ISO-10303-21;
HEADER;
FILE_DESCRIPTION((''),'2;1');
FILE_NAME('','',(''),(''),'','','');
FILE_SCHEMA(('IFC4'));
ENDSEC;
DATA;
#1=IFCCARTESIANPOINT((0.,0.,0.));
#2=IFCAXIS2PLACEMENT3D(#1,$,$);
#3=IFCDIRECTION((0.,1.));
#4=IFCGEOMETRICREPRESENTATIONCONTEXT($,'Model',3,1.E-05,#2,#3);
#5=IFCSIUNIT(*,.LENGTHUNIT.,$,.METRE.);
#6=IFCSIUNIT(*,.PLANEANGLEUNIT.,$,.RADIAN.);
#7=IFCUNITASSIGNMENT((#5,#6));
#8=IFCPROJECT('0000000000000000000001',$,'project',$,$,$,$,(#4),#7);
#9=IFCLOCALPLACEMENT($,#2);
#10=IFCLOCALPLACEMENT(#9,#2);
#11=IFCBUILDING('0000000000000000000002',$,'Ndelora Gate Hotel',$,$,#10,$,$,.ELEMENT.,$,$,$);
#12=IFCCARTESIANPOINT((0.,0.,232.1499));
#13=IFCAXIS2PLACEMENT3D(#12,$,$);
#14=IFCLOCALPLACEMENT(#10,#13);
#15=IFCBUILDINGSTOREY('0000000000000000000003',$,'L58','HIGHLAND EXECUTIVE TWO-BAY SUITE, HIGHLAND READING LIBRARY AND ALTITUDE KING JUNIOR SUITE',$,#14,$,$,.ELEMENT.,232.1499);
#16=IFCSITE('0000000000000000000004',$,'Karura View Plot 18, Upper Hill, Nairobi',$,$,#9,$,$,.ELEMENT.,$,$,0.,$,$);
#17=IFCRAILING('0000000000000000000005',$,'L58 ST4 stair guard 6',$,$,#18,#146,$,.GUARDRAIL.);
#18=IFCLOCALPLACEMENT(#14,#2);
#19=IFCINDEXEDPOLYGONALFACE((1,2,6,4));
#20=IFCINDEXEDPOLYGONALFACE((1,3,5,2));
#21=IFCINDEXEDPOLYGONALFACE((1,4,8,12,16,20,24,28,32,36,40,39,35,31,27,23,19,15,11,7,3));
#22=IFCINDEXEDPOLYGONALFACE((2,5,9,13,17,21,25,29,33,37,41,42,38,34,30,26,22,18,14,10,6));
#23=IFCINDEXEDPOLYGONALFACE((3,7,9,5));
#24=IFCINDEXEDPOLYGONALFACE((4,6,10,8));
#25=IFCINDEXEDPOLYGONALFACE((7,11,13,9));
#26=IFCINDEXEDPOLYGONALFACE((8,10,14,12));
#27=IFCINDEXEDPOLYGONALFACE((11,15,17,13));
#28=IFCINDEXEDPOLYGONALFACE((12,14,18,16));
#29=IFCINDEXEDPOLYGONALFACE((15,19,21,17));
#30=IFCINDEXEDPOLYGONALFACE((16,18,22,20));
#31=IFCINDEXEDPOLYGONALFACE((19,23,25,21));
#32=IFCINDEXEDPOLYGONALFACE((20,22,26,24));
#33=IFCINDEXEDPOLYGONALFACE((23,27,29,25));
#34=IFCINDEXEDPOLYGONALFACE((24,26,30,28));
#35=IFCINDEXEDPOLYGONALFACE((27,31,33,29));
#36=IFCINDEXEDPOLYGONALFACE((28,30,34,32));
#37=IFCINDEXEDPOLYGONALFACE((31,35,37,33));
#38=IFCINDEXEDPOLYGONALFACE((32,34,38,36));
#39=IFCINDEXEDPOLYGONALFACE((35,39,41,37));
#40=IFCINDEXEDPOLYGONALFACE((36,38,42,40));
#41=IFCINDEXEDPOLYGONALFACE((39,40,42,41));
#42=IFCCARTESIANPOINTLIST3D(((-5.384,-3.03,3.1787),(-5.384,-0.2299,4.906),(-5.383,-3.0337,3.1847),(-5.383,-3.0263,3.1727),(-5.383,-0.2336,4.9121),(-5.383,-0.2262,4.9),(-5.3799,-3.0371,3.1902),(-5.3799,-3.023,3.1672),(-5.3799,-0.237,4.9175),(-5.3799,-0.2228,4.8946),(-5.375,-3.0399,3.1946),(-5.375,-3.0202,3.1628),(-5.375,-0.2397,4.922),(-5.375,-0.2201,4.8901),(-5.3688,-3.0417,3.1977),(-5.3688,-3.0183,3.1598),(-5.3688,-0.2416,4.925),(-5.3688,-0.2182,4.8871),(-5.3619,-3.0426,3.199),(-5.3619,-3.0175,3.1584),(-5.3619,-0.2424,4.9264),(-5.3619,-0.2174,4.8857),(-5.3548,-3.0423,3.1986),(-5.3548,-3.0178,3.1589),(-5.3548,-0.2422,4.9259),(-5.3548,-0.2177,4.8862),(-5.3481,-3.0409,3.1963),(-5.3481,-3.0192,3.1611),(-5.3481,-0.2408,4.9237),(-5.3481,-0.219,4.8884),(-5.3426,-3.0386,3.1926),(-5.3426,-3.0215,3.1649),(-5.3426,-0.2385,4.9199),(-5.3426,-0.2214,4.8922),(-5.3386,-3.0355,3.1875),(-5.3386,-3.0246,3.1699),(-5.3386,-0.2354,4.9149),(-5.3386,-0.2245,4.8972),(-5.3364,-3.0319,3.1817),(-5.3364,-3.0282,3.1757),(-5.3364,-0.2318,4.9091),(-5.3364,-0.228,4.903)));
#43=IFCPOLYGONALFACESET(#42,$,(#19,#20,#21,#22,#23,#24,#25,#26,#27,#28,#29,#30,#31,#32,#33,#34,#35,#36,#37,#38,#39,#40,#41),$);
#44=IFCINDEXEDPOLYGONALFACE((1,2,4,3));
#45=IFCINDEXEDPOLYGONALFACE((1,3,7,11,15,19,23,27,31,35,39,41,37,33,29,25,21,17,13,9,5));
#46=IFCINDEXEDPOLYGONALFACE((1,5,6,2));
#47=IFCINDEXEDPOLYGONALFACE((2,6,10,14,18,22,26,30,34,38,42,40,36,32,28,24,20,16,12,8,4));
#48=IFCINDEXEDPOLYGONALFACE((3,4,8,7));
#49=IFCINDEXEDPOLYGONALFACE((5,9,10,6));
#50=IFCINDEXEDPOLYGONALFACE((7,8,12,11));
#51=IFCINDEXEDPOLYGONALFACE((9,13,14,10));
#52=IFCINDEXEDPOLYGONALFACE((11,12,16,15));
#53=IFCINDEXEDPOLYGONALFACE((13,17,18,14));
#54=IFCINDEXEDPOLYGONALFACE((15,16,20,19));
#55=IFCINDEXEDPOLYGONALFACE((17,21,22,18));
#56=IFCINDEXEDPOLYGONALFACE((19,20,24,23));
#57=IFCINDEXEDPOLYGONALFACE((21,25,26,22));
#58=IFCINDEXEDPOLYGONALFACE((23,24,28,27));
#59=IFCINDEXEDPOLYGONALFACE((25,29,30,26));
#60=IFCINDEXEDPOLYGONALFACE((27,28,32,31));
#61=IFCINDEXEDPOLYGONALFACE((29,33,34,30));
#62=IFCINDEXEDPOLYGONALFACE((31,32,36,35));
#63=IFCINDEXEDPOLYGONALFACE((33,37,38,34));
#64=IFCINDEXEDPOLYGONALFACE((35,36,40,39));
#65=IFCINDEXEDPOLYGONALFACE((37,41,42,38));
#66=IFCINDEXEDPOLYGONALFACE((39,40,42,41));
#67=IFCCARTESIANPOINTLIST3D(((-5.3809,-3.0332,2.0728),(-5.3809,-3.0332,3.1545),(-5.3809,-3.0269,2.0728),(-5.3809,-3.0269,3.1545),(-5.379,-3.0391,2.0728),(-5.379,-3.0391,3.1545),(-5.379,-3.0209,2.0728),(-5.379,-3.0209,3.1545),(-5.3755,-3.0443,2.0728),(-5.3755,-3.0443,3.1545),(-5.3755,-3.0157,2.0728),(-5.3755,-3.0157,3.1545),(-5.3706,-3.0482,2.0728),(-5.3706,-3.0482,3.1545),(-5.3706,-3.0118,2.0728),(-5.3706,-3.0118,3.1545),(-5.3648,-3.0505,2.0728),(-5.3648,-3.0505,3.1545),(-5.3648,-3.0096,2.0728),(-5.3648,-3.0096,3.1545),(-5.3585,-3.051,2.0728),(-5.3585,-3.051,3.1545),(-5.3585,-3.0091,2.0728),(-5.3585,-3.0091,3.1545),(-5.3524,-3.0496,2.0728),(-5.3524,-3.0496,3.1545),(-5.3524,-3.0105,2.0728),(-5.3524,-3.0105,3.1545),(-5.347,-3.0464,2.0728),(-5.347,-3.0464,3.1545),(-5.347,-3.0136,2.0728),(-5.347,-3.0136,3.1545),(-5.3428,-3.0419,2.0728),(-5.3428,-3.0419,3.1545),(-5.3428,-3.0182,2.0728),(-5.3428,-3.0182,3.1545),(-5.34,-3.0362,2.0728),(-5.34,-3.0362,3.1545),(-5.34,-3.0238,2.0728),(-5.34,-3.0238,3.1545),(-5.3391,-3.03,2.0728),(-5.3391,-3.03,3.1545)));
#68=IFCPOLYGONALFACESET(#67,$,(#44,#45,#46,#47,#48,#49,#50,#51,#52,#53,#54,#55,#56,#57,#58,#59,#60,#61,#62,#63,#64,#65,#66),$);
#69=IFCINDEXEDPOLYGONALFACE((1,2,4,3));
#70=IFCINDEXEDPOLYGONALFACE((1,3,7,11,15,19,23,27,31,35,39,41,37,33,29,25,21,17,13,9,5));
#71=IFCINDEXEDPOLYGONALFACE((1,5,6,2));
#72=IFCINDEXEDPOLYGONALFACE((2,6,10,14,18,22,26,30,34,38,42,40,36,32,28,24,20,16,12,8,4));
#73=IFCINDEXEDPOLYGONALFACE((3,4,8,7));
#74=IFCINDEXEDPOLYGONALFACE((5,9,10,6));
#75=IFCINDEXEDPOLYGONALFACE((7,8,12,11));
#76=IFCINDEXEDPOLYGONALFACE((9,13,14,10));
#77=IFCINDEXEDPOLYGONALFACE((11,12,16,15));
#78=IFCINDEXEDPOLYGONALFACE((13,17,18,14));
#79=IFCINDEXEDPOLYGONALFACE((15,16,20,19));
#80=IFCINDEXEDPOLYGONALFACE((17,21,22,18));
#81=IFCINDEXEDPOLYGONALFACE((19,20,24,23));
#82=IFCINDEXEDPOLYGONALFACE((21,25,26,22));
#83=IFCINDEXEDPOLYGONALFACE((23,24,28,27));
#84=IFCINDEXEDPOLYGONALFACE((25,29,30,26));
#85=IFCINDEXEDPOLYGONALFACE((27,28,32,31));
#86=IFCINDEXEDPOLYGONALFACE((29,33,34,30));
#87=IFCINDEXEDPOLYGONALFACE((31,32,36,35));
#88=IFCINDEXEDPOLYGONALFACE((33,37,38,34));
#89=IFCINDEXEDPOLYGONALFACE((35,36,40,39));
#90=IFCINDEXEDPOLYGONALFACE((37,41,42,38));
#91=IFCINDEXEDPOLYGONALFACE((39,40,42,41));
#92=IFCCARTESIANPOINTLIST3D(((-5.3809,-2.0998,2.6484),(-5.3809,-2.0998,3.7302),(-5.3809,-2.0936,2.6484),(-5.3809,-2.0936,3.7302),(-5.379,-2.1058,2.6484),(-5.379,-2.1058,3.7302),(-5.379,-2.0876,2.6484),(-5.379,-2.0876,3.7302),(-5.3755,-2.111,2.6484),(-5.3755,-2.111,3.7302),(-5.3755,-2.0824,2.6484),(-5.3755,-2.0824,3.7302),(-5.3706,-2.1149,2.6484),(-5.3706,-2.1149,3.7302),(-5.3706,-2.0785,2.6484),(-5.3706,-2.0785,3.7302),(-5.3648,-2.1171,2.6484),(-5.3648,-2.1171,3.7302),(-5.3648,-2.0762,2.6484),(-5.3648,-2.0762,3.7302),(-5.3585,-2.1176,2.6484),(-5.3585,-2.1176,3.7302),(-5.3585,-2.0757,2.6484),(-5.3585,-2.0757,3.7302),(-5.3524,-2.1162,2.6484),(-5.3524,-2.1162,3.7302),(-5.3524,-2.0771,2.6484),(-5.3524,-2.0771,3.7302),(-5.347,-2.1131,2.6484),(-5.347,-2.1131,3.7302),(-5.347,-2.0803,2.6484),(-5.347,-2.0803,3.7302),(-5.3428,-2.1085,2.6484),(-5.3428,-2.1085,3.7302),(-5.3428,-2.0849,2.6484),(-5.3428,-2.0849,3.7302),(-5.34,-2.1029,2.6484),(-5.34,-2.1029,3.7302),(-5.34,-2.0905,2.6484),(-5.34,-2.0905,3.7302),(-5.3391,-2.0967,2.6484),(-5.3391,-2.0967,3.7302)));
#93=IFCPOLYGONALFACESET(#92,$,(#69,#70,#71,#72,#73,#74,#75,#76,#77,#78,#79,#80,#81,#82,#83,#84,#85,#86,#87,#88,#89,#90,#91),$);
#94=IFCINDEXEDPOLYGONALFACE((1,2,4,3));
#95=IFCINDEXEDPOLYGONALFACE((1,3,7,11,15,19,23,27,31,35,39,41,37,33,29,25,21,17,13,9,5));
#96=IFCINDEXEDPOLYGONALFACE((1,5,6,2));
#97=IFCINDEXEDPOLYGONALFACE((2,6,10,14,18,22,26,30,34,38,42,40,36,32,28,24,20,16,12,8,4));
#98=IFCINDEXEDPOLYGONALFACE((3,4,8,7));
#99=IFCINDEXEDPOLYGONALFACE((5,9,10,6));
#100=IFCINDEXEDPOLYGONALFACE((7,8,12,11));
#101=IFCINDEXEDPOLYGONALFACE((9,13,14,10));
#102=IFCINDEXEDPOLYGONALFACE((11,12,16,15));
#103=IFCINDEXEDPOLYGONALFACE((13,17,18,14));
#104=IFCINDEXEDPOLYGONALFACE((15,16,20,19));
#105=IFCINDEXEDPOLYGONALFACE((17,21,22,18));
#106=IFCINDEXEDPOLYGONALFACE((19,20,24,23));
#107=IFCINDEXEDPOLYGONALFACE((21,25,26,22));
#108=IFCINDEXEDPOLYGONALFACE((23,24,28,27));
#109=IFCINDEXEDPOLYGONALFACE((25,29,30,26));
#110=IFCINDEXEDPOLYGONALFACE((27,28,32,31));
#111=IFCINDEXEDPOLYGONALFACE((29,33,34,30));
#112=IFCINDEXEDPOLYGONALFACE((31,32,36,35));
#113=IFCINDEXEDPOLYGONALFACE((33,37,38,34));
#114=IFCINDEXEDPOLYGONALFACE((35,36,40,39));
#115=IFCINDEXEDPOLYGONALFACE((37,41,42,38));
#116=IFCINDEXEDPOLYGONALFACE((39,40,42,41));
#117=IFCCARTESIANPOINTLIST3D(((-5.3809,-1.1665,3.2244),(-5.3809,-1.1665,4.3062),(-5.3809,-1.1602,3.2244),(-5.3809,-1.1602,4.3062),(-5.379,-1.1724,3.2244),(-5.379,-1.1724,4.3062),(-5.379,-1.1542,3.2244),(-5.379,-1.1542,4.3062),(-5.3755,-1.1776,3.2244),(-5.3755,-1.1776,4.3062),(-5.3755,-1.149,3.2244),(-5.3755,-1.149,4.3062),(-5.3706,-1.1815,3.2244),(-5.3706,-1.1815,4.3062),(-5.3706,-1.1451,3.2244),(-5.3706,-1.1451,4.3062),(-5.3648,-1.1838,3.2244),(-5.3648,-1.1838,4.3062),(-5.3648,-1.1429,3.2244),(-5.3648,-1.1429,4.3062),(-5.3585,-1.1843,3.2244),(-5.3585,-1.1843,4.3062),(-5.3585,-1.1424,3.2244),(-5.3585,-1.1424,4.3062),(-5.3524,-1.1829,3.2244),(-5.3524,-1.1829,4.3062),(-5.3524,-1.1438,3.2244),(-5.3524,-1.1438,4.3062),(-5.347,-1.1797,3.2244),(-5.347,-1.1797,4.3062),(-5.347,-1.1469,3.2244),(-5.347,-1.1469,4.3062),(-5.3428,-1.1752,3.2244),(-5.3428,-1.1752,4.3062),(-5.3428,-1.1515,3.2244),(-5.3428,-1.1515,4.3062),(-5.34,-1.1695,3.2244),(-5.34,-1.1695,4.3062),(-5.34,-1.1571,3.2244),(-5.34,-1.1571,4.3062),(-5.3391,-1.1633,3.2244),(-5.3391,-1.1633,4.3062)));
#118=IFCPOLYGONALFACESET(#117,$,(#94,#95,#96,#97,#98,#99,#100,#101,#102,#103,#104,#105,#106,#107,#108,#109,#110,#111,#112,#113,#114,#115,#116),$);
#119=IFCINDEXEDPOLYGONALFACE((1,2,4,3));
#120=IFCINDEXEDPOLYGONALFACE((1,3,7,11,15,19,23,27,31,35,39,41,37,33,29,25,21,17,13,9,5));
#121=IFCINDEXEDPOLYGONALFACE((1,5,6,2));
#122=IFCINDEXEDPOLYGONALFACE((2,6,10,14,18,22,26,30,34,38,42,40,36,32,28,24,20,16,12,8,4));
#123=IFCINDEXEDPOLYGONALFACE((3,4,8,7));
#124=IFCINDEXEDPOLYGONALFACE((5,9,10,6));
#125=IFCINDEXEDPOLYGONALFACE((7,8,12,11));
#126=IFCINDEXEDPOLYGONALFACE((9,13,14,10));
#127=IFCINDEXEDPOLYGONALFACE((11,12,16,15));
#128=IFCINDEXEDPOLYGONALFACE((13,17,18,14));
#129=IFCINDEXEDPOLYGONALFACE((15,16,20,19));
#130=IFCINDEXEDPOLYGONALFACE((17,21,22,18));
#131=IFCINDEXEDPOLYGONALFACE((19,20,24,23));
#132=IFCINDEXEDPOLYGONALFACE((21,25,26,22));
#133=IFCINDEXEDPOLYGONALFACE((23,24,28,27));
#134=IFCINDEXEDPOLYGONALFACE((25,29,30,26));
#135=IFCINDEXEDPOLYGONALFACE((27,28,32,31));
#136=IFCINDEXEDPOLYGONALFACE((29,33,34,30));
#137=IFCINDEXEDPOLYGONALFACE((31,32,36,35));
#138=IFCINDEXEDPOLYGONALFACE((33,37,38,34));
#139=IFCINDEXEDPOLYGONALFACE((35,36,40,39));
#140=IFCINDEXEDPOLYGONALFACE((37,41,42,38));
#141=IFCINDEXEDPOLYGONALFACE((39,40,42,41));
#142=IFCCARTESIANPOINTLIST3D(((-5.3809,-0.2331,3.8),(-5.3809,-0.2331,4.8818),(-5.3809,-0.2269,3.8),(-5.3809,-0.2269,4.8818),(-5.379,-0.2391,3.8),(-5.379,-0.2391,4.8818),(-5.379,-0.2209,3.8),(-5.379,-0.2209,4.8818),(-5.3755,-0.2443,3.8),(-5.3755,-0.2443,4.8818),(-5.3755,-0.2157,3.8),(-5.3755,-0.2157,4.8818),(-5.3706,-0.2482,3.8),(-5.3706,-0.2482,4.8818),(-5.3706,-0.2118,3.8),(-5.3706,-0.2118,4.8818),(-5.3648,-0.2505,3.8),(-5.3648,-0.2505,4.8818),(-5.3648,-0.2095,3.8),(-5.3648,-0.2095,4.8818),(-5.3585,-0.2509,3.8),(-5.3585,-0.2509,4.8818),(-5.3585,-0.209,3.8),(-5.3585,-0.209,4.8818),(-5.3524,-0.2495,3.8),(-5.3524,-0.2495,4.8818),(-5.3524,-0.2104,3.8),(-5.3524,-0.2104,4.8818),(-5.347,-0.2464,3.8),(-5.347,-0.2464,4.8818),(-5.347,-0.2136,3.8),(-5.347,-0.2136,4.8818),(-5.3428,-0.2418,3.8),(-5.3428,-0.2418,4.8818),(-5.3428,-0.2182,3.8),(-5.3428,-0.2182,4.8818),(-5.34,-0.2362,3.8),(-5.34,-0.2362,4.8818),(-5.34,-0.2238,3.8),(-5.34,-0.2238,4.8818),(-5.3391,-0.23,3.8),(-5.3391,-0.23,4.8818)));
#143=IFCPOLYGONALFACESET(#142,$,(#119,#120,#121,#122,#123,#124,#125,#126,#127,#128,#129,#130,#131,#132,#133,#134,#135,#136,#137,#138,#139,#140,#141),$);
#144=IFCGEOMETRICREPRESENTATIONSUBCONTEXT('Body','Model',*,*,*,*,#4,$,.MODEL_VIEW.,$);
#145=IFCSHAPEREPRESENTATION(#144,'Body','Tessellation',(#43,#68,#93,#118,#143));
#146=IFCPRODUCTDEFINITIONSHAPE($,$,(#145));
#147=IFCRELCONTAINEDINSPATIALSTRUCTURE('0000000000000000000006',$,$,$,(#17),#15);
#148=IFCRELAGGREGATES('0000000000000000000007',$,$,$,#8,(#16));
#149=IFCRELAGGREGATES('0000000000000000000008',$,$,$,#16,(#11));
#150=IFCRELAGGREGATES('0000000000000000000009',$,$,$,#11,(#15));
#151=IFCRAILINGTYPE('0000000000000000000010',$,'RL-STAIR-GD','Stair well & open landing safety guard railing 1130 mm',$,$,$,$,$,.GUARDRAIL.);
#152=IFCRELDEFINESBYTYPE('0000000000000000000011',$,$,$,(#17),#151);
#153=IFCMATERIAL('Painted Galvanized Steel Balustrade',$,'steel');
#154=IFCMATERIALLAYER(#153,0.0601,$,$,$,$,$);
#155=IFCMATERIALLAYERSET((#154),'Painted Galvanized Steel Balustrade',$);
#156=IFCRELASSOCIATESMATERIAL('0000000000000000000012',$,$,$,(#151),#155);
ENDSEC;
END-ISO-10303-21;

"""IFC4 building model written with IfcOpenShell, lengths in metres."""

from ifc_helpers import new_model, si_unit, direction, frame, origin, origin_2d, place, context, subcontext, project, spatial, circle, extrude, material, layer, layer_set, type_object, element, save


model = new_model("IFC4")

# Units and contexts
model_context = context("Model", 3, precision=1e-05, world=origin(), true_north=direction((0.0, 1.0)))
body_context = subcontext(model_context, "Body", "Model", "MODEL_VIEW")
ifc_project = project(units=[si_unit("LENGTHUNIT", "METRE"), si_unit("PLANEANGLEUNIT", "RADIAN")], contexts=[model_context])

# Site, building, storey
site_placement = place(None, origin())
site = spatial("IfcSite", under=ifc_project, at=site_placement, Name="Karura View Plot 18, Upper Hill, Nairobi", CompositionType="ELEMENT", RefElevation=0.0)
building_placement = place(site_placement, origin())
building = spatial("IfcBuilding", under=site, at=building_placement, Name="Ndelora Gate Hotel", CompositionType="ELEMENT")
storey_placement = place(building_placement, frame((0.0, 0.0, 232.1499)))
storey = spatial("IfcBuildingStorey", under=building, at=storey_placement, Name="L58", Description="HIGHLAND EXECUTIVE TWO-BAY SUITE, HIGHLAND READING LIBRARY AND ALTITUDE KING JUNIOR SUITE", CompositionType="ELEMENT", Elevation=232.1499)

# Railing
ifc_material_1 = material(Name="Painted Galvanized Steel Balustrade", Category="steel")
ifc_layer_1 = layer(ifc_material_1, 0.0601)
ifc_layer_set_1 = layer_set([ifc_layer_1], Name="Painted Galvanized Steel Balustrade")
railing_type = type_object("IfcRailingType", Name="RL-STAIR-GD", Description="Stair well & open landing safety guard railing 1130 mm", PredefinedType="GUARDRAIL", material=ifc_layer_set_1)
railing_1_placement = place(storey_placement, frame((-5.3601, -3.03, 2.0728)))
element("IfcRailing", 1, at=railing_1_placement, inside=storey, type_object=railing_type, Name="L58 ST4 stair guard 6", PredefinedType="GUARDRAIL", context=body_context, shape_type="SweptSolid", body=[
    extrude(circle(Radius=0.0239, at=origin_2d()), frame((0.0, 0.0, 1.106), z_axis=(0.0, 0.85109, 0.52502), x_axis=(-1.0, 0.0, 0.0)), (0.0, 0.0, 1.0), 3.29),
    extrude(circle(Radius=0.021, at=origin_2d()), origin(), (0.0, 0.0, 1.0), 1.0818),
    extrude(circle(Radius=0.021, at=origin_2d()), frame((0.0, 0.9333, 0.5757)), (0.0, 0.0, 1.0), 1.0818),
    extrude(circle(Radius=0.021, at=origin_2d()), frame((0.0, 1.8667, 1.1516)), (0.0, 0.0, 1.0), 1.0818),
    extrude(circle(Radius=0.021, at=origin_2d()), frame((0.0, 2.8, 1.7273)), (0.0, 0.0, 1.0), 1.0818),
])

save(model, "model.ifc")
